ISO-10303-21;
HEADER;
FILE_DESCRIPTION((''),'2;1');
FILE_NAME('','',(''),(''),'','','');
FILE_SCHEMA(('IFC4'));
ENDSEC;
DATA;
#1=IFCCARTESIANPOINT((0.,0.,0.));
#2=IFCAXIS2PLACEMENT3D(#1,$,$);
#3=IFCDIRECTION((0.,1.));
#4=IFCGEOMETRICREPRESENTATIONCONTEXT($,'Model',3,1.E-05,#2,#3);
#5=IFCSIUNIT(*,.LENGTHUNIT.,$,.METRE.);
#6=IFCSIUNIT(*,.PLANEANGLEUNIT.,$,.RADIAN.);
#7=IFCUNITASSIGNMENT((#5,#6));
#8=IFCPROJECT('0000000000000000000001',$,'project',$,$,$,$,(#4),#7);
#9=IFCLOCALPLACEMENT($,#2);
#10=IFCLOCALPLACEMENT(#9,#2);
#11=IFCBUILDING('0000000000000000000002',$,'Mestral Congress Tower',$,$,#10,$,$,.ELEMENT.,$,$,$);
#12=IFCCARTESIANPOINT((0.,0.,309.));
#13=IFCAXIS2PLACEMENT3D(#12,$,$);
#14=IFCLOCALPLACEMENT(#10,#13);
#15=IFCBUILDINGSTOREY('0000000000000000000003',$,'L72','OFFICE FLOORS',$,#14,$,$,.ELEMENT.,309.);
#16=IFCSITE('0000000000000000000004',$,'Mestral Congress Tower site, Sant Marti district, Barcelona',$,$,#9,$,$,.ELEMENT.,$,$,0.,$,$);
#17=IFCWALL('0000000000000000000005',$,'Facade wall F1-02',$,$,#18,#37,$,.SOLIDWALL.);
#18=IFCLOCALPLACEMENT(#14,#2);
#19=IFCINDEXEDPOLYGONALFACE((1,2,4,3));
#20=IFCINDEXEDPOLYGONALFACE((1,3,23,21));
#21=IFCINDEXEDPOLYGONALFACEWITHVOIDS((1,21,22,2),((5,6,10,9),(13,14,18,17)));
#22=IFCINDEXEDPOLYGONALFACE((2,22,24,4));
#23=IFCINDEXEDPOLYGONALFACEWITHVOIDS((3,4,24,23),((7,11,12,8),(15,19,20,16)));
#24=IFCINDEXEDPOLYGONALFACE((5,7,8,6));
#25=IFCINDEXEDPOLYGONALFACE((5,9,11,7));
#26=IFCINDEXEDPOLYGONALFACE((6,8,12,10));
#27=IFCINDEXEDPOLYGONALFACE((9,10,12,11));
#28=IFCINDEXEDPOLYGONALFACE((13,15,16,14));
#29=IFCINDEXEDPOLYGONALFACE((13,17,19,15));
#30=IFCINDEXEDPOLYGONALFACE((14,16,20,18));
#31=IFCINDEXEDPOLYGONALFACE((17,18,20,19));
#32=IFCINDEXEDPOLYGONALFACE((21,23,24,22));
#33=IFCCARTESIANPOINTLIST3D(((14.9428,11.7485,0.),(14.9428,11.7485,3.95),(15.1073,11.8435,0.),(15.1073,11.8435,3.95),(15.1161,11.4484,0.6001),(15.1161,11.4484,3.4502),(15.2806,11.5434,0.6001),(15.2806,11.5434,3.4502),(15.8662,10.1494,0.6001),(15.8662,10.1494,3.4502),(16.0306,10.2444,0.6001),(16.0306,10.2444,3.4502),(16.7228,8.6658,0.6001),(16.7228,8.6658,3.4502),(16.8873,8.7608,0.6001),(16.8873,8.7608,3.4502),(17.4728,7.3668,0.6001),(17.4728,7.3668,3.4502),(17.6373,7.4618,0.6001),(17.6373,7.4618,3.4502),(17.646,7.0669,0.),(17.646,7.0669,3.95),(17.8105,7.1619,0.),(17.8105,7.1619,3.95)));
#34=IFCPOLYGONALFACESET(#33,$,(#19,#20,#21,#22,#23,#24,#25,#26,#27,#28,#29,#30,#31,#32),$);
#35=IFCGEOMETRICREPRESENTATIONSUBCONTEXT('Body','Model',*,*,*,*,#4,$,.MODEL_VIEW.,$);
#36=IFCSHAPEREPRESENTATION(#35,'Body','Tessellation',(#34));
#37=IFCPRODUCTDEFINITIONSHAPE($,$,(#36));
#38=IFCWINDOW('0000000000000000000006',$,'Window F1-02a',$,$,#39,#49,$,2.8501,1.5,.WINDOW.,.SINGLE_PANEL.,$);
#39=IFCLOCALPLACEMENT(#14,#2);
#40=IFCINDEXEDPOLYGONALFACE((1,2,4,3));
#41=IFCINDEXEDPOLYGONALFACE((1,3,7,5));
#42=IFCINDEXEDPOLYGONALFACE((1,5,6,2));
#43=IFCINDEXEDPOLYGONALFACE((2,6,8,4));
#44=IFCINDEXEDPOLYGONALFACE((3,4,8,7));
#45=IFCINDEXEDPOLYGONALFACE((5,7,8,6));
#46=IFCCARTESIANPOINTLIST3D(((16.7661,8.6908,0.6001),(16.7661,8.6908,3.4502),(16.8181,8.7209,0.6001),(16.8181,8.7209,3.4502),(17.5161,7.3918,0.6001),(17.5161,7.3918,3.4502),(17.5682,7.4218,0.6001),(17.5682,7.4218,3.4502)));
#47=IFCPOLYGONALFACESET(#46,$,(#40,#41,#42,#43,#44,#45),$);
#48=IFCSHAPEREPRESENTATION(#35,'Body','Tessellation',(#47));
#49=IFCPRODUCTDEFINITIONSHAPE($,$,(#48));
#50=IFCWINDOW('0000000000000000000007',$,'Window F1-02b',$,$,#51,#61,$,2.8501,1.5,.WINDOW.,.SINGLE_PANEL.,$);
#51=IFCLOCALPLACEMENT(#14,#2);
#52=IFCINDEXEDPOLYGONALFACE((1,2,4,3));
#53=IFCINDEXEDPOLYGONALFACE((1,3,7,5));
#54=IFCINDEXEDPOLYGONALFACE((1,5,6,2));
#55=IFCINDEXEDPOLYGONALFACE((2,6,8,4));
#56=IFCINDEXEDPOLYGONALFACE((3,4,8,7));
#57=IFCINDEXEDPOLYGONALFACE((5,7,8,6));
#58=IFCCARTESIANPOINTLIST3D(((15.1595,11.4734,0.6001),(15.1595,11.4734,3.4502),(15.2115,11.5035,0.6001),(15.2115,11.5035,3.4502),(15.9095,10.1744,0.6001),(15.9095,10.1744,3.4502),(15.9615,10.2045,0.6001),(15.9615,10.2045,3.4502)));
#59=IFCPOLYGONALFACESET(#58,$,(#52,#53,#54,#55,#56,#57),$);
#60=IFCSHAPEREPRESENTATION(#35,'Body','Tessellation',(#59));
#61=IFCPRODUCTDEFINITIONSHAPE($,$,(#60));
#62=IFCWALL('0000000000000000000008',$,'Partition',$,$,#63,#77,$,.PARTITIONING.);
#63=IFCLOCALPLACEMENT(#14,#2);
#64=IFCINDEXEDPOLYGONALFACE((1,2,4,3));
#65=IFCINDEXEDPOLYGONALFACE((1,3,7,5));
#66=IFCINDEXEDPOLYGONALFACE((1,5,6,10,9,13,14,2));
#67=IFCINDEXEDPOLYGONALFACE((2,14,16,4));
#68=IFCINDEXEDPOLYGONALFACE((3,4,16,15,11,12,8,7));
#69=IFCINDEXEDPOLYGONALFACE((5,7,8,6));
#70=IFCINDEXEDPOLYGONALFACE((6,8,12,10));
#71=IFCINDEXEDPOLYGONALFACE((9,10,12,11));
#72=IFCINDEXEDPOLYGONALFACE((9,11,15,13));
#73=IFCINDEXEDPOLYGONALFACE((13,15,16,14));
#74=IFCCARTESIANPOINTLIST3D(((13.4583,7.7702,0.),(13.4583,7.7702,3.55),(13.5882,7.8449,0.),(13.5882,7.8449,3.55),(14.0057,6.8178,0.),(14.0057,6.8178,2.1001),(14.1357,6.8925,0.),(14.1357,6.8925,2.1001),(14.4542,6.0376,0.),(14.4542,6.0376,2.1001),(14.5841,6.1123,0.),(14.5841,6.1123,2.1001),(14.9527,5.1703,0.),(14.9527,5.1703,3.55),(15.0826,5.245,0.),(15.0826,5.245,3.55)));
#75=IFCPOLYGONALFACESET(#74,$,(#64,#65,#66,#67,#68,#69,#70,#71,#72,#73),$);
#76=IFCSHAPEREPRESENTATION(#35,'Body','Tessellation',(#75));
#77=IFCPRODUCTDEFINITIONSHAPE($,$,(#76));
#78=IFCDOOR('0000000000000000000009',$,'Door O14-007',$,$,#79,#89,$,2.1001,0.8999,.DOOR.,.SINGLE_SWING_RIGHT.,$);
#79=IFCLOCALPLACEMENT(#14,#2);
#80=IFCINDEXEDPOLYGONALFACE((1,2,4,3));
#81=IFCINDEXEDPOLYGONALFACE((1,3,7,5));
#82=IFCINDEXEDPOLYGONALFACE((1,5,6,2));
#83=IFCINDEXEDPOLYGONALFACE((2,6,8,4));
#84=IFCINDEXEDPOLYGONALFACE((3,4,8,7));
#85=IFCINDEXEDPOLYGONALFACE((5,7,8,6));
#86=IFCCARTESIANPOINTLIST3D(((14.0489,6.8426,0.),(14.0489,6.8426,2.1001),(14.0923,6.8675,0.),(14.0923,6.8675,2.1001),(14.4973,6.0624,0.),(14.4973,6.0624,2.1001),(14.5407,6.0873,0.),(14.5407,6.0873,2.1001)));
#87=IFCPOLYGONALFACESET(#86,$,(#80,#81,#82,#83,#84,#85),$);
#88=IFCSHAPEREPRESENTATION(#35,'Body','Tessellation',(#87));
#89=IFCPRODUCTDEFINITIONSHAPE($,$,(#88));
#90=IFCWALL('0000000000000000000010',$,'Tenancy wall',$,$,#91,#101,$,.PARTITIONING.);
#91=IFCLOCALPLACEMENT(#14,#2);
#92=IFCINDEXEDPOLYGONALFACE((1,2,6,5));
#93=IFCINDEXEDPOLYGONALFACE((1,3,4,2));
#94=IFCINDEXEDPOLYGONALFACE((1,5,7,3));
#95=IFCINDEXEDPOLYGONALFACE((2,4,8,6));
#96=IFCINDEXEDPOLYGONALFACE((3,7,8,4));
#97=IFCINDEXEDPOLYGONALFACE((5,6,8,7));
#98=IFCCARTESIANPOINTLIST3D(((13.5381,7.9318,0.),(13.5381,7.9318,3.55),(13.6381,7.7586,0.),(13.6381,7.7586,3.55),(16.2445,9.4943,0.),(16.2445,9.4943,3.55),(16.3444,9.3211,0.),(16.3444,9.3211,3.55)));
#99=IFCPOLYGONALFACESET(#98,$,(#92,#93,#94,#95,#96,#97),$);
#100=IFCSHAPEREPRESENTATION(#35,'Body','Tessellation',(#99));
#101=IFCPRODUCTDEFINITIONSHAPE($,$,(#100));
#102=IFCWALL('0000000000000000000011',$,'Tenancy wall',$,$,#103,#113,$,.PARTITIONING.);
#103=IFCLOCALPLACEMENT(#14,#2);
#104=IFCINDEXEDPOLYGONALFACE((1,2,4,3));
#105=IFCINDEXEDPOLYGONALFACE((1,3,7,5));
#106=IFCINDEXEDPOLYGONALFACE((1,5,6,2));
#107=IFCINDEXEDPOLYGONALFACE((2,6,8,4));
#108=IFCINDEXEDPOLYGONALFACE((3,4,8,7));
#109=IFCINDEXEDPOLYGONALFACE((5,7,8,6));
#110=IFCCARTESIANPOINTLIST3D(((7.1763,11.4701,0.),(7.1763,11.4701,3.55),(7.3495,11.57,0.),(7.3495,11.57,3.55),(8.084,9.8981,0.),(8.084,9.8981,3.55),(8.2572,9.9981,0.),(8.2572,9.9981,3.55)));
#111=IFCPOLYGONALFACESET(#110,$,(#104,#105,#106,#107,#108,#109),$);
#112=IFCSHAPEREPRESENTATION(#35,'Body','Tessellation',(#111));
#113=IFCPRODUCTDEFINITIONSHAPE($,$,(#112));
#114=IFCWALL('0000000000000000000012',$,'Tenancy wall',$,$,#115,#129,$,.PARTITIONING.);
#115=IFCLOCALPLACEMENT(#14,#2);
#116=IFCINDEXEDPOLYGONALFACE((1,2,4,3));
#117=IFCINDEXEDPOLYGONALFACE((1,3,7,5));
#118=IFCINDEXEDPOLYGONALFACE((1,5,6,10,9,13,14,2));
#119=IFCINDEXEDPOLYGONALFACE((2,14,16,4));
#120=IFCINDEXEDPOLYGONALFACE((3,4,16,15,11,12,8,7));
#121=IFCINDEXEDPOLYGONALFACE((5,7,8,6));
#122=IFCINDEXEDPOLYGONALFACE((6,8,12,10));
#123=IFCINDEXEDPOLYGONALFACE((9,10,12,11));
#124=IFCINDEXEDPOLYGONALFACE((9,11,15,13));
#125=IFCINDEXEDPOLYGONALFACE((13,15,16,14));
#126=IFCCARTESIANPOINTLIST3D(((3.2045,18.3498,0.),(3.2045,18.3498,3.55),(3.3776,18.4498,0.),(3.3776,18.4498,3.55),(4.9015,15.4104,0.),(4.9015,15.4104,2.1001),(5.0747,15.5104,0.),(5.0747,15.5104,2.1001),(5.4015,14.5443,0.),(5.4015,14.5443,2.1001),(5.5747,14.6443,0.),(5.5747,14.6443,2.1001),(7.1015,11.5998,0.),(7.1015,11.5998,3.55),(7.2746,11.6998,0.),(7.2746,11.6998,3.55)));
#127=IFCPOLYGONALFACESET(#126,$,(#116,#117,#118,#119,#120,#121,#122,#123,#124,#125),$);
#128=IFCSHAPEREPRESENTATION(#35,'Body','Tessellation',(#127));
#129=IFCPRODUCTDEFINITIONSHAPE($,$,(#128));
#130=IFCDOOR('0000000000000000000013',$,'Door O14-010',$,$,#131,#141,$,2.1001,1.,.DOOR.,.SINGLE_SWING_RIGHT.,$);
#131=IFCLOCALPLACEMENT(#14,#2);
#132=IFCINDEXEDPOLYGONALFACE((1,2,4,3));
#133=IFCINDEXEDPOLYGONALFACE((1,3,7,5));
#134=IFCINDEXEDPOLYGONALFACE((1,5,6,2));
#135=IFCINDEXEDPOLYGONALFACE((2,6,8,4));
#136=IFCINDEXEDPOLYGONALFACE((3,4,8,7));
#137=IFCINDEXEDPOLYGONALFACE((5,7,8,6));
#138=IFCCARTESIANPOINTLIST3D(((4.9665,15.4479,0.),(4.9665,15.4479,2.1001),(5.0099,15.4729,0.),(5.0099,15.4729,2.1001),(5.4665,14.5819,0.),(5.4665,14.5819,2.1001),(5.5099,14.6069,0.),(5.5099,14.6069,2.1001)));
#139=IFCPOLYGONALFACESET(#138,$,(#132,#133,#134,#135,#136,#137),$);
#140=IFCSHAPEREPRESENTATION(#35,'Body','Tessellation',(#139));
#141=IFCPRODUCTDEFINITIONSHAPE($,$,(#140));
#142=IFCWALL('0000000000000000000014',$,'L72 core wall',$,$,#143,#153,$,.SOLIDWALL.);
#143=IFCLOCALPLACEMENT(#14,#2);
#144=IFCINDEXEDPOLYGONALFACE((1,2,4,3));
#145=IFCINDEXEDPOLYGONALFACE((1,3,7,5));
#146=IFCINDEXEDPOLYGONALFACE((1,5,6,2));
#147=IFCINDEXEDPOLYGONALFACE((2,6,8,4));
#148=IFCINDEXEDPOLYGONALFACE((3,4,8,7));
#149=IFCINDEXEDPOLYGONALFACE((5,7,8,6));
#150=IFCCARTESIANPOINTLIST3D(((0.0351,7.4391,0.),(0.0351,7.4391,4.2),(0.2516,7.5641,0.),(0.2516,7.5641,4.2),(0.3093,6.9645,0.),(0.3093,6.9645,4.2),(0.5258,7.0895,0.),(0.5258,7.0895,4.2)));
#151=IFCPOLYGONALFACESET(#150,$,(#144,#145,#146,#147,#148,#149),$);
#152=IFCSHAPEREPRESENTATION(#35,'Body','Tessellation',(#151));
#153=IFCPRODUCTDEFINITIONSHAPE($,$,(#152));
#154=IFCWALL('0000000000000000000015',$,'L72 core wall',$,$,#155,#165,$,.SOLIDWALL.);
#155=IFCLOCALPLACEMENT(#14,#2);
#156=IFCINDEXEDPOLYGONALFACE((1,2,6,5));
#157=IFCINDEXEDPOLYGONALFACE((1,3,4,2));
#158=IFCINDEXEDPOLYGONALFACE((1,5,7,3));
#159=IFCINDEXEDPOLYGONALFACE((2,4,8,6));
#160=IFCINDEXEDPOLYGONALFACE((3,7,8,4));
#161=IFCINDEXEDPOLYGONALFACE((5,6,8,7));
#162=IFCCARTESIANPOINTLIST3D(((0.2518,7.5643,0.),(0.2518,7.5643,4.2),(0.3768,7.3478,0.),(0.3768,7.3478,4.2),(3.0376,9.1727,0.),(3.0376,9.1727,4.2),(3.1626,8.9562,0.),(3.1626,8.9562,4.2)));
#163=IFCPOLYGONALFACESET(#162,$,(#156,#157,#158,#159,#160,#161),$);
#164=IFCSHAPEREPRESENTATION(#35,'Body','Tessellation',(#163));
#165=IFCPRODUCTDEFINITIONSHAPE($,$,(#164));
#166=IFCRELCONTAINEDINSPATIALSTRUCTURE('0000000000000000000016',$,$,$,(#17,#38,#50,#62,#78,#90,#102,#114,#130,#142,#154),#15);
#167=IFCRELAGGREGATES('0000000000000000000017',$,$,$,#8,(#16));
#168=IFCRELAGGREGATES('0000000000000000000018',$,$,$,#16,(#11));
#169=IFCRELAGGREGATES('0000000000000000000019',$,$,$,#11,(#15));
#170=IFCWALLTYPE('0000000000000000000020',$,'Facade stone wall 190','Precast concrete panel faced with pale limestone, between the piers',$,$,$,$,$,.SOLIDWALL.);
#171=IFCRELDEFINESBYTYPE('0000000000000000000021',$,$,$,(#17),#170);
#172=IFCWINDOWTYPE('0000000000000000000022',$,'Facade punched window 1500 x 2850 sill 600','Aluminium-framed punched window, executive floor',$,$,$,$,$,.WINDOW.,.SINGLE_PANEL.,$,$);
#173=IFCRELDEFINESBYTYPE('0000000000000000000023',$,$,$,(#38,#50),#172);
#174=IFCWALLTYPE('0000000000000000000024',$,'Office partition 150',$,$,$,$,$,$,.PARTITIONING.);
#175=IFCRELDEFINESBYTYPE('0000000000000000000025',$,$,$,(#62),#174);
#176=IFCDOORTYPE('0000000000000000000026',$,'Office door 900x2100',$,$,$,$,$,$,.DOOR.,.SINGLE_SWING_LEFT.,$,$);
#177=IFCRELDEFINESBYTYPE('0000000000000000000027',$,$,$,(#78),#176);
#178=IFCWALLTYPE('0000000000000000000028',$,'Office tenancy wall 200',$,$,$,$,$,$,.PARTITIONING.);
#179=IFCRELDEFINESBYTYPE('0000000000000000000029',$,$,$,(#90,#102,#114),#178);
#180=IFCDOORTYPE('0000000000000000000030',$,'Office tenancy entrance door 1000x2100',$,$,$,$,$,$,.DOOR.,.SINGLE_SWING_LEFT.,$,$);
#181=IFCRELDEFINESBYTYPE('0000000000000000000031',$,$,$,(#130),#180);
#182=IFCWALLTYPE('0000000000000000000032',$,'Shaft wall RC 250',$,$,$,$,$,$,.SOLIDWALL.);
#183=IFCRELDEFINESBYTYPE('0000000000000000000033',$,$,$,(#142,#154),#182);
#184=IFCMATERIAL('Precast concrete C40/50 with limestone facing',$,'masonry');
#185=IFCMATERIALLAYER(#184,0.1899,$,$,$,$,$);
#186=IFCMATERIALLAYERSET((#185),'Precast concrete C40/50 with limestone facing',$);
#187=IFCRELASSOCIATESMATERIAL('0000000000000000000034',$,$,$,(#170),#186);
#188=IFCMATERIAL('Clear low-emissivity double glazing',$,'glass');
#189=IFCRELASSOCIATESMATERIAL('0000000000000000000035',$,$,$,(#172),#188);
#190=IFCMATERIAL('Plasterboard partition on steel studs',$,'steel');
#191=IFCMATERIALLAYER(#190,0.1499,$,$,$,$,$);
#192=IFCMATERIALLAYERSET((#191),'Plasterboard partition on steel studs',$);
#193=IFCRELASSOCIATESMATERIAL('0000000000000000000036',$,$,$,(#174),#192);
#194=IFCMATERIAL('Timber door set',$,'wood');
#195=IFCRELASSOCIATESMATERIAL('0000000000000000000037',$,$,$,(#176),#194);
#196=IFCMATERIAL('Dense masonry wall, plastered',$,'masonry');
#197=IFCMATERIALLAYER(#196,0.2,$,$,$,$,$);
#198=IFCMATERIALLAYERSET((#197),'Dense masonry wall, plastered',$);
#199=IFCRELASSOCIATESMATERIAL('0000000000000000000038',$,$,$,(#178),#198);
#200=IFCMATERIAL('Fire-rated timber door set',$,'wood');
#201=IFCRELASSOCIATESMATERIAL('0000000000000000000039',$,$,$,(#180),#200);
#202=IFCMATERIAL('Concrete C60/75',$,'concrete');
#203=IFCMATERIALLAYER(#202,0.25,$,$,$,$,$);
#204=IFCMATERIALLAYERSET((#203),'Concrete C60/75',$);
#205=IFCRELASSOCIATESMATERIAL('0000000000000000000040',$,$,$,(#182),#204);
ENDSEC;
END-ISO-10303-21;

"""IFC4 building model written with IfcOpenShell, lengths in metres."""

from ifc_helpers import new_model, si_unit, direction, frame, frame_2d, origin, place, context, subcontext, project, spatial, rectangle, extrude, material, layer, layer_set, type_object, element, fill, save


model = new_model("IFC4")

# Units and contexts
model_context = context("Model", 3, precision=1e-05, world=origin(), true_north=direction((0.0, 1.0)))
body_context = subcontext(model_context, "Body", "Model", "MODEL_VIEW")
ifc_project = project(units=[si_unit("LENGTHUNIT", "METRE"), si_unit("PLANEANGLEUNIT", "RADIAN")], contexts=[model_context])

# Site, building, storey
site_placement = place(None, origin())
site = spatial("IfcSite", under=ifc_project, at=site_placement, Name="Mestral Congress Tower site, Sant Marti district, Barcelona", CompositionType="ELEMENT", RefElevation=0.0)
building_placement = place(site_placement, origin())
building = spatial("IfcBuilding", under=site, at=building_placement, Name="Mestral Congress Tower", CompositionType="ELEMENT")
storey_placement = place(building_placement, frame((0.0, 0.0, 309.0)))
storey = spatial("IfcBuildingStorey", under=building, at=storey_placement, Name="L72", Description="OFFICE FLOORS", CompositionType="ELEMENT", Elevation=309.0)

# Wall, openings, windows
ifc_material_1 = material(Name="Precast concrete C40/50 with limestone facing", Category="masonry")
ifc_layer_1 = layer(ifc_material_1, 0.1899)
ifc_layer_set_1 = layer_set([ifc_layer_1], Name="Precast concrete C40/50 with limestone facing")
wall_type_1 = type_object("IfcWallType", Name="Facade stone wall 190", Description="Precast concrete panel faced with pale limestone, between the piers", PredefinedType="SOLIDWALL", material=ifc_layer_set_1)
wall_1_placement = place(storey_placement, frame((17.7283, 7.1143, 0.0), z_axis=(0.0, 0.0, 1.0), x_axis=(-0.500025, 0.866011, 0.0)))
wall_1 = element("IfcWall", 1, at=wall_1_placement, inside=storey, type_object=wall_type_1, Name="Facade wall F1-02", PredefinedType="SOLIDWALL", context=body_context, shape_type="SweptSolid", body=[
    extrude(rectangle(XDim=5.406, YDim=0.1899, at=frame_2d((2.7031, 0.0))), origin(), (0.0, 0.0, 1.0), 3.95),
])
opening_1_placement = place(wall_1_placement, frame((0.3464, 0.0, 0.6001)))
opening_1 = element("IfcOpeningElement", 2, at=opening_1_placement, cuts=wall_1, PredefinedType="OPENING", context=body_context, shape_type="SweptSolid", body=[
    extrude(rectangle(XDim=1.5, YDim=2.8501, at=frame_2d((0.75, 1.425))), frame((0.0, 0.105, 0.0), z_axis=(0.0, -1.0, 0.0), x_axis=(1.0, 0.0, 0.0)), (0.0, 0.0, 1.0), 0.21),
])
opening_2_placement = place(wall_1_placement, frame((3.5596, 0.0, 0.6001)))
opening_2 = element("IfcOpeningElement", 3, at=opening_2_placement, cuts=wall_1, PredefinedType="OPENING", context=body_context, shape_type="SweptSolid", body=[
    extrude(rectangle(XDim=1.5, YDim=2.8501, at=frame_2d((0.75, 1.425))), frame((0.0, 0.105, 0.0), z_axis=(0.0, -1.0, 0.0), x_axis=(1.0, 0.0, 0.0)), (0.0, 0.0, 1.0), 0.21),
])
ifc_material_2 = material(Name="Clear low-emissivity double glazing", Category="glass")
window_type = type_object("IfcWindowType", Name="Facade punched window 1500 x 2850 sill 600", Description="Aluminium-framed punched window, executive floor", PartitioningType="SINGLE_PANEL", PredefinedType="WINDOW", material=ifc_material_2)
window_1_placement = place(opening_1_placement, origin())
window_1 = element("IfcWindow", 4, at=window_1_placement, inside=storey, type_object=window_type, Name="Window F1-02a", OverallHeight=2.8501, OverallWidth=1.5, PartitioningType="SINGLE_PANEL", PredefinedType="WINDOW", context=body_context, shape_type="SweptSolid", body=[
    extrude(rectangle(XDim=1.5, YDim=2.8501, at=frame_2d((0.75, 1.425))), frame((0.0, 0.0449, 0.0), z_axis=(0.0, -1.0, 0.0), x_axis=(1.0, 0.0, 0.0)), (0.0, 0.0, 1.0), 0.0601),
])
fill(opening_1, window_1)
window_2_placement = place(opening_2_placement, origin())
window_2 = element("IfcWindow", 5, at=window_2_placement, inside=storey, type_object=window_type, Name="Window F1-02b", OverallHeight=2.8501, OverallWidth=1.5, PartitioningType="SINGLE_PANEL", PredefinedType="WINDOW", context=body_context, shape_type="SweptSolid", body=[
    extrude(rectangle(XDim=1.5, YDim=2.8501, at=frame_2d((0.75, 1.425))), frame((0.0, 0.0449, 0.0), z_axis=(0.0, -1.0, 0.0), x_axis=(1.0, 0.0, 0.0)), (0.0, 0.0, 1.0), 0.0601),
])
fill(opening_2, window_2)

# Wall, opening, door
ifc_material_3 = material(Name="Plasterboard partition on steel studs", Category="steel")
ifc_layer_2 = layer(ifc_material_3, 0.1499)
ifc_layer_set_2 = layer_set([ifc_layer_2], Name="Plasterboard partition on steel studs")
wall_type_2 = type_object("IfcWallType", Name="Office partition 150", PredefinedType="PARTITIONING", material=ifc_layer_set_2)
wall_2_placement = place(storey_placement, frame((13.5232, 7.8076, 0.0), z_axis=(0.0, 0.0, 1.0), x_axis=(0.498338, -0.866983, 0.0)))
wall_2 = element("IfcWall", 6, at=wall_2_placement, inside=storey, type_object=wall_type_2, Name="Partition", PredefinedType="PARTITIONING", context=body_context, shape_type="SweptSolid", body=[
    extrude(rectangle(XDim=2.9988, YDim=0.1499, at=frame_2d((1.4995, 0.0))), origin(), (0.0, 0.0, 1.0), 3.55),
])
opening_3_placement = place(wall_2_placement, frame((1.0986, 0.0, 0.0)))
opening_3 = element("IfcOpeningElement", 7, at=opening_3_placement, cuts=wall_2, PredefinedType="OPENING", context=body_context, shape_type="SweptSolid", body=[
    extrude(rectangle(XDim=0.8999, YDim=2.1001, at=frame_2d((0.45, 1.05))), frame((0.0, 0.085, 0.0), z_axis=(0.0, -1.0, 0.0), x_axis=(1.0, 0.0, 0.0)), (0.0, 0.0, 1.0), 0.1699),
])
ifc_material_4 = material(Name="Timber door set", Category="wood")
door_type_1 = type_object("IfcDoorType", Name="Office door 900x2100", OperationType="SINGLE_SWING_LEFT", PredefinedType="DOOR", material=ifc_material_4)
door_1_placement = place(opening_3_placement, origin())
door_1 = element("IfcDoor", 8, at=door_1_placement, inside=storey, type_object=door_type_1, Name="Door O14-007", OperationType="SINGLE_SWING_RIGHT", OverallHeight=2.1001, OverallWidth=0.8999, PredefinedType="DOOR", context=body_context, shape_type="SweptSolid", body=[
    extrude(rectangle(XDim=0.8999, YDim=2.1001, at=frame_2d((0.45, 1.05))), frame((0.0, 0.0249, 0.0), z_axis=(0.0, -1.0, 0.0), x_axis=(1.0, 0.0, 0.0)), (0.0, 0.0, 1.0), 0.05),
])
fill(opening_3, door_1)

# Walls
ifc_material_5 = material(Name="Dense masonry wall, plastered", Category="masonry")
ifc_layer_3 = layer(ifc_material_5, 0.2)
ifc_layer_set_3 = layer_set([ifc_layer_3], Name="Dense masonry wall, plastered")
wall_type_3 = type_object("IfcWallType", Name="Office tenancy wall 200", PredefinedType="PARTITIONING", material=ifc_layer_set_3)
wall_3_placement = place(storey_placement, frame((13.5881, 7.8452, 0.0), z_axis=(0.0, 0.0, 1.0), x_axis=(0.866023, 0.500004, 0.0)))
element("IfcWall", 9, at=wall_3_placement, inside=storey, type_object=wall_type_3, Name="Tenancy wall", PredefinedType="PARTITIONING", context=body_context, shape_type="SweptSolid", body=[
    extrude(rectangle(XDim=3.125, YDim=0.2, at=frame_2d((1.5625, 0.0))), origin(), (0.0, 0.0, 1.0), 3.55),
])
wall_4_placement = place(storey_placement, frame((8.1707, 9.948, 0.0), z_axis=(0.0, 0.0, 1.0), x_axis=(-0.500045, 0.866, 0.0)))
element("IfcWall", 10, at=wall_4_placement, inside=storey, type_object=wall_type_3, Name="Tenancy wall", PredefinedType="PARTITIONING", context=body_context, shape_type="SweptSolid", body=[
    extrude(rectangle(XDim=1.8152, YDim=0.2, at=frame_2d((0.9077, 0.0))), origin(), (0.0, 0.0, 1.0), 3.55),
])

# Wall, opening, door
wall_5_placement = place(storey_placement, frame((7.188, 11.6499, 0.0), z_axis=(0.0, 0.0, 1.0), x_axis=(-0.499986, 0.866033, 0.0)))
wall_5 = element("IfcWall", 11, at=wall_5_placement, inside=storey, type_object=wall_type_3, Name="Tenancy wall", PredefinedType="PARTITIONING", context=body_context, shape_type="SweptSolid", body=[
    extrude(rectangle(XDim=7.7942, YDim=0.2, at=frame_2d((3.897, 0.0))), origin(), (0.0, 0.0, 1.0), 3.55),
])
opening_4_placement = place(wall_5_placement, frame((3.3999, 0.0, 0.0)))
opening_4 = element("IfcOpeningElement", 12, at=opening_4_placement, cuts=wall_5, PredefinedType="OPENING", context=body_context, shape_type="SweptSolid", body=[
    extrude(rectangle(XDim=1.0, YDim=2.1001, at=frame_2d((0.5, 1.05))), frame((0.0, 0.1099, 0.0), z_axis=(0.0, -1.0, 0.0), x_axis=(1.0, 0.0, 0.0)), (0.0, 0.0, 1.0), 0.22),
])
ifc_material_6 = material(Name="Fire-rated timber door set", Category="wood")
door_type_2 = type_object("IfcDoorType", Name="Office tenancy entrance door 1000x2100", OperationType="SINGLE_SWING_LEFT", PredefinedType="DOOR", material=ifc_material_6)
door_2_placement = place(opening_4_placement, origin())
door_2 = element("IfcDoor", 13, at=door_2_placement, inside=storey, type_object=door_type_2, Name="Door O14-010", OperationType="SINGLE_SWING_RIGHT", OverallHeight=2.1001, OverallWidth=1.0, PredefinedType="DOOR", context=body_context, shape_type="SweptSolid", body=[
    extrude(rectangle(XDim=1.0, YDim=2.1001, at=frame_2d((0.5, 1.05))), frame((0.0, 0.0249, 0.0), z_axis=(0.0, -1.0, 0.0), x_axis=(1.0, 0.0, 0.0)), (0.0, 0.0, 1.0), 0.05),
])
fill(opening_4, door_2)

# Walls
ifc_material_7 = material(Name="Concrete C60/75", Category="concrete")
ifc_layer_4 = layer(ifc_material_7, 0.25)
ifc_layer_set_4 = layer_set([ifc_layer_4], Name="Concrete C60/75")
wall_type_4 = type_object("IfcWallType", Name="Shaft wall RC 250", PredefinedType="SOLIDWALL", material=ifc_layer_set_4)
wall_6_placement = place(storey_placement, frame((0.4175, 7.0271, 0.0), z_axis=(0.0, 0.0, 1.0), x_axis=(-0.500211, 0.865904, 0.0)))
element("IfcWall", 14, at=wall_6_placement, inside=storey, type_object=wall_type_4, Name="L72 core wall", PredefinedType="SOLIDWALL", context=body_context, shape_type="SweptSolid", body=[
    extrude(rectangle(XDim=0.5481, YDim=0.25, at=frame_2d((0.2739, 0.0))), origin(), (0.0, 0.0, 1.0), 4.2),
])
wall_7_placement = place(storey_placement, frame((3.1001, 9.0645, 0.0), z_axis=(0.0, 0.0, 1.0), x_axis=(-0.86603, -0.499992, 0.0)))
element("IfcWall", 15, at=wall_7_placement, inside=storey, type_object=wall_type_4, Name="L72 core wall", PredefinedType="SOLIDWALL", context=body_context, shape_type="SweptSolid", body=[
    extrude(rectangle(XDim=3.2168, YDim=0.25, at=frame_2d((1.6084, 0.0))), origin(), (0.0, 0.0, 1.0), 4.2),
])

save(model, "model.ifc")
